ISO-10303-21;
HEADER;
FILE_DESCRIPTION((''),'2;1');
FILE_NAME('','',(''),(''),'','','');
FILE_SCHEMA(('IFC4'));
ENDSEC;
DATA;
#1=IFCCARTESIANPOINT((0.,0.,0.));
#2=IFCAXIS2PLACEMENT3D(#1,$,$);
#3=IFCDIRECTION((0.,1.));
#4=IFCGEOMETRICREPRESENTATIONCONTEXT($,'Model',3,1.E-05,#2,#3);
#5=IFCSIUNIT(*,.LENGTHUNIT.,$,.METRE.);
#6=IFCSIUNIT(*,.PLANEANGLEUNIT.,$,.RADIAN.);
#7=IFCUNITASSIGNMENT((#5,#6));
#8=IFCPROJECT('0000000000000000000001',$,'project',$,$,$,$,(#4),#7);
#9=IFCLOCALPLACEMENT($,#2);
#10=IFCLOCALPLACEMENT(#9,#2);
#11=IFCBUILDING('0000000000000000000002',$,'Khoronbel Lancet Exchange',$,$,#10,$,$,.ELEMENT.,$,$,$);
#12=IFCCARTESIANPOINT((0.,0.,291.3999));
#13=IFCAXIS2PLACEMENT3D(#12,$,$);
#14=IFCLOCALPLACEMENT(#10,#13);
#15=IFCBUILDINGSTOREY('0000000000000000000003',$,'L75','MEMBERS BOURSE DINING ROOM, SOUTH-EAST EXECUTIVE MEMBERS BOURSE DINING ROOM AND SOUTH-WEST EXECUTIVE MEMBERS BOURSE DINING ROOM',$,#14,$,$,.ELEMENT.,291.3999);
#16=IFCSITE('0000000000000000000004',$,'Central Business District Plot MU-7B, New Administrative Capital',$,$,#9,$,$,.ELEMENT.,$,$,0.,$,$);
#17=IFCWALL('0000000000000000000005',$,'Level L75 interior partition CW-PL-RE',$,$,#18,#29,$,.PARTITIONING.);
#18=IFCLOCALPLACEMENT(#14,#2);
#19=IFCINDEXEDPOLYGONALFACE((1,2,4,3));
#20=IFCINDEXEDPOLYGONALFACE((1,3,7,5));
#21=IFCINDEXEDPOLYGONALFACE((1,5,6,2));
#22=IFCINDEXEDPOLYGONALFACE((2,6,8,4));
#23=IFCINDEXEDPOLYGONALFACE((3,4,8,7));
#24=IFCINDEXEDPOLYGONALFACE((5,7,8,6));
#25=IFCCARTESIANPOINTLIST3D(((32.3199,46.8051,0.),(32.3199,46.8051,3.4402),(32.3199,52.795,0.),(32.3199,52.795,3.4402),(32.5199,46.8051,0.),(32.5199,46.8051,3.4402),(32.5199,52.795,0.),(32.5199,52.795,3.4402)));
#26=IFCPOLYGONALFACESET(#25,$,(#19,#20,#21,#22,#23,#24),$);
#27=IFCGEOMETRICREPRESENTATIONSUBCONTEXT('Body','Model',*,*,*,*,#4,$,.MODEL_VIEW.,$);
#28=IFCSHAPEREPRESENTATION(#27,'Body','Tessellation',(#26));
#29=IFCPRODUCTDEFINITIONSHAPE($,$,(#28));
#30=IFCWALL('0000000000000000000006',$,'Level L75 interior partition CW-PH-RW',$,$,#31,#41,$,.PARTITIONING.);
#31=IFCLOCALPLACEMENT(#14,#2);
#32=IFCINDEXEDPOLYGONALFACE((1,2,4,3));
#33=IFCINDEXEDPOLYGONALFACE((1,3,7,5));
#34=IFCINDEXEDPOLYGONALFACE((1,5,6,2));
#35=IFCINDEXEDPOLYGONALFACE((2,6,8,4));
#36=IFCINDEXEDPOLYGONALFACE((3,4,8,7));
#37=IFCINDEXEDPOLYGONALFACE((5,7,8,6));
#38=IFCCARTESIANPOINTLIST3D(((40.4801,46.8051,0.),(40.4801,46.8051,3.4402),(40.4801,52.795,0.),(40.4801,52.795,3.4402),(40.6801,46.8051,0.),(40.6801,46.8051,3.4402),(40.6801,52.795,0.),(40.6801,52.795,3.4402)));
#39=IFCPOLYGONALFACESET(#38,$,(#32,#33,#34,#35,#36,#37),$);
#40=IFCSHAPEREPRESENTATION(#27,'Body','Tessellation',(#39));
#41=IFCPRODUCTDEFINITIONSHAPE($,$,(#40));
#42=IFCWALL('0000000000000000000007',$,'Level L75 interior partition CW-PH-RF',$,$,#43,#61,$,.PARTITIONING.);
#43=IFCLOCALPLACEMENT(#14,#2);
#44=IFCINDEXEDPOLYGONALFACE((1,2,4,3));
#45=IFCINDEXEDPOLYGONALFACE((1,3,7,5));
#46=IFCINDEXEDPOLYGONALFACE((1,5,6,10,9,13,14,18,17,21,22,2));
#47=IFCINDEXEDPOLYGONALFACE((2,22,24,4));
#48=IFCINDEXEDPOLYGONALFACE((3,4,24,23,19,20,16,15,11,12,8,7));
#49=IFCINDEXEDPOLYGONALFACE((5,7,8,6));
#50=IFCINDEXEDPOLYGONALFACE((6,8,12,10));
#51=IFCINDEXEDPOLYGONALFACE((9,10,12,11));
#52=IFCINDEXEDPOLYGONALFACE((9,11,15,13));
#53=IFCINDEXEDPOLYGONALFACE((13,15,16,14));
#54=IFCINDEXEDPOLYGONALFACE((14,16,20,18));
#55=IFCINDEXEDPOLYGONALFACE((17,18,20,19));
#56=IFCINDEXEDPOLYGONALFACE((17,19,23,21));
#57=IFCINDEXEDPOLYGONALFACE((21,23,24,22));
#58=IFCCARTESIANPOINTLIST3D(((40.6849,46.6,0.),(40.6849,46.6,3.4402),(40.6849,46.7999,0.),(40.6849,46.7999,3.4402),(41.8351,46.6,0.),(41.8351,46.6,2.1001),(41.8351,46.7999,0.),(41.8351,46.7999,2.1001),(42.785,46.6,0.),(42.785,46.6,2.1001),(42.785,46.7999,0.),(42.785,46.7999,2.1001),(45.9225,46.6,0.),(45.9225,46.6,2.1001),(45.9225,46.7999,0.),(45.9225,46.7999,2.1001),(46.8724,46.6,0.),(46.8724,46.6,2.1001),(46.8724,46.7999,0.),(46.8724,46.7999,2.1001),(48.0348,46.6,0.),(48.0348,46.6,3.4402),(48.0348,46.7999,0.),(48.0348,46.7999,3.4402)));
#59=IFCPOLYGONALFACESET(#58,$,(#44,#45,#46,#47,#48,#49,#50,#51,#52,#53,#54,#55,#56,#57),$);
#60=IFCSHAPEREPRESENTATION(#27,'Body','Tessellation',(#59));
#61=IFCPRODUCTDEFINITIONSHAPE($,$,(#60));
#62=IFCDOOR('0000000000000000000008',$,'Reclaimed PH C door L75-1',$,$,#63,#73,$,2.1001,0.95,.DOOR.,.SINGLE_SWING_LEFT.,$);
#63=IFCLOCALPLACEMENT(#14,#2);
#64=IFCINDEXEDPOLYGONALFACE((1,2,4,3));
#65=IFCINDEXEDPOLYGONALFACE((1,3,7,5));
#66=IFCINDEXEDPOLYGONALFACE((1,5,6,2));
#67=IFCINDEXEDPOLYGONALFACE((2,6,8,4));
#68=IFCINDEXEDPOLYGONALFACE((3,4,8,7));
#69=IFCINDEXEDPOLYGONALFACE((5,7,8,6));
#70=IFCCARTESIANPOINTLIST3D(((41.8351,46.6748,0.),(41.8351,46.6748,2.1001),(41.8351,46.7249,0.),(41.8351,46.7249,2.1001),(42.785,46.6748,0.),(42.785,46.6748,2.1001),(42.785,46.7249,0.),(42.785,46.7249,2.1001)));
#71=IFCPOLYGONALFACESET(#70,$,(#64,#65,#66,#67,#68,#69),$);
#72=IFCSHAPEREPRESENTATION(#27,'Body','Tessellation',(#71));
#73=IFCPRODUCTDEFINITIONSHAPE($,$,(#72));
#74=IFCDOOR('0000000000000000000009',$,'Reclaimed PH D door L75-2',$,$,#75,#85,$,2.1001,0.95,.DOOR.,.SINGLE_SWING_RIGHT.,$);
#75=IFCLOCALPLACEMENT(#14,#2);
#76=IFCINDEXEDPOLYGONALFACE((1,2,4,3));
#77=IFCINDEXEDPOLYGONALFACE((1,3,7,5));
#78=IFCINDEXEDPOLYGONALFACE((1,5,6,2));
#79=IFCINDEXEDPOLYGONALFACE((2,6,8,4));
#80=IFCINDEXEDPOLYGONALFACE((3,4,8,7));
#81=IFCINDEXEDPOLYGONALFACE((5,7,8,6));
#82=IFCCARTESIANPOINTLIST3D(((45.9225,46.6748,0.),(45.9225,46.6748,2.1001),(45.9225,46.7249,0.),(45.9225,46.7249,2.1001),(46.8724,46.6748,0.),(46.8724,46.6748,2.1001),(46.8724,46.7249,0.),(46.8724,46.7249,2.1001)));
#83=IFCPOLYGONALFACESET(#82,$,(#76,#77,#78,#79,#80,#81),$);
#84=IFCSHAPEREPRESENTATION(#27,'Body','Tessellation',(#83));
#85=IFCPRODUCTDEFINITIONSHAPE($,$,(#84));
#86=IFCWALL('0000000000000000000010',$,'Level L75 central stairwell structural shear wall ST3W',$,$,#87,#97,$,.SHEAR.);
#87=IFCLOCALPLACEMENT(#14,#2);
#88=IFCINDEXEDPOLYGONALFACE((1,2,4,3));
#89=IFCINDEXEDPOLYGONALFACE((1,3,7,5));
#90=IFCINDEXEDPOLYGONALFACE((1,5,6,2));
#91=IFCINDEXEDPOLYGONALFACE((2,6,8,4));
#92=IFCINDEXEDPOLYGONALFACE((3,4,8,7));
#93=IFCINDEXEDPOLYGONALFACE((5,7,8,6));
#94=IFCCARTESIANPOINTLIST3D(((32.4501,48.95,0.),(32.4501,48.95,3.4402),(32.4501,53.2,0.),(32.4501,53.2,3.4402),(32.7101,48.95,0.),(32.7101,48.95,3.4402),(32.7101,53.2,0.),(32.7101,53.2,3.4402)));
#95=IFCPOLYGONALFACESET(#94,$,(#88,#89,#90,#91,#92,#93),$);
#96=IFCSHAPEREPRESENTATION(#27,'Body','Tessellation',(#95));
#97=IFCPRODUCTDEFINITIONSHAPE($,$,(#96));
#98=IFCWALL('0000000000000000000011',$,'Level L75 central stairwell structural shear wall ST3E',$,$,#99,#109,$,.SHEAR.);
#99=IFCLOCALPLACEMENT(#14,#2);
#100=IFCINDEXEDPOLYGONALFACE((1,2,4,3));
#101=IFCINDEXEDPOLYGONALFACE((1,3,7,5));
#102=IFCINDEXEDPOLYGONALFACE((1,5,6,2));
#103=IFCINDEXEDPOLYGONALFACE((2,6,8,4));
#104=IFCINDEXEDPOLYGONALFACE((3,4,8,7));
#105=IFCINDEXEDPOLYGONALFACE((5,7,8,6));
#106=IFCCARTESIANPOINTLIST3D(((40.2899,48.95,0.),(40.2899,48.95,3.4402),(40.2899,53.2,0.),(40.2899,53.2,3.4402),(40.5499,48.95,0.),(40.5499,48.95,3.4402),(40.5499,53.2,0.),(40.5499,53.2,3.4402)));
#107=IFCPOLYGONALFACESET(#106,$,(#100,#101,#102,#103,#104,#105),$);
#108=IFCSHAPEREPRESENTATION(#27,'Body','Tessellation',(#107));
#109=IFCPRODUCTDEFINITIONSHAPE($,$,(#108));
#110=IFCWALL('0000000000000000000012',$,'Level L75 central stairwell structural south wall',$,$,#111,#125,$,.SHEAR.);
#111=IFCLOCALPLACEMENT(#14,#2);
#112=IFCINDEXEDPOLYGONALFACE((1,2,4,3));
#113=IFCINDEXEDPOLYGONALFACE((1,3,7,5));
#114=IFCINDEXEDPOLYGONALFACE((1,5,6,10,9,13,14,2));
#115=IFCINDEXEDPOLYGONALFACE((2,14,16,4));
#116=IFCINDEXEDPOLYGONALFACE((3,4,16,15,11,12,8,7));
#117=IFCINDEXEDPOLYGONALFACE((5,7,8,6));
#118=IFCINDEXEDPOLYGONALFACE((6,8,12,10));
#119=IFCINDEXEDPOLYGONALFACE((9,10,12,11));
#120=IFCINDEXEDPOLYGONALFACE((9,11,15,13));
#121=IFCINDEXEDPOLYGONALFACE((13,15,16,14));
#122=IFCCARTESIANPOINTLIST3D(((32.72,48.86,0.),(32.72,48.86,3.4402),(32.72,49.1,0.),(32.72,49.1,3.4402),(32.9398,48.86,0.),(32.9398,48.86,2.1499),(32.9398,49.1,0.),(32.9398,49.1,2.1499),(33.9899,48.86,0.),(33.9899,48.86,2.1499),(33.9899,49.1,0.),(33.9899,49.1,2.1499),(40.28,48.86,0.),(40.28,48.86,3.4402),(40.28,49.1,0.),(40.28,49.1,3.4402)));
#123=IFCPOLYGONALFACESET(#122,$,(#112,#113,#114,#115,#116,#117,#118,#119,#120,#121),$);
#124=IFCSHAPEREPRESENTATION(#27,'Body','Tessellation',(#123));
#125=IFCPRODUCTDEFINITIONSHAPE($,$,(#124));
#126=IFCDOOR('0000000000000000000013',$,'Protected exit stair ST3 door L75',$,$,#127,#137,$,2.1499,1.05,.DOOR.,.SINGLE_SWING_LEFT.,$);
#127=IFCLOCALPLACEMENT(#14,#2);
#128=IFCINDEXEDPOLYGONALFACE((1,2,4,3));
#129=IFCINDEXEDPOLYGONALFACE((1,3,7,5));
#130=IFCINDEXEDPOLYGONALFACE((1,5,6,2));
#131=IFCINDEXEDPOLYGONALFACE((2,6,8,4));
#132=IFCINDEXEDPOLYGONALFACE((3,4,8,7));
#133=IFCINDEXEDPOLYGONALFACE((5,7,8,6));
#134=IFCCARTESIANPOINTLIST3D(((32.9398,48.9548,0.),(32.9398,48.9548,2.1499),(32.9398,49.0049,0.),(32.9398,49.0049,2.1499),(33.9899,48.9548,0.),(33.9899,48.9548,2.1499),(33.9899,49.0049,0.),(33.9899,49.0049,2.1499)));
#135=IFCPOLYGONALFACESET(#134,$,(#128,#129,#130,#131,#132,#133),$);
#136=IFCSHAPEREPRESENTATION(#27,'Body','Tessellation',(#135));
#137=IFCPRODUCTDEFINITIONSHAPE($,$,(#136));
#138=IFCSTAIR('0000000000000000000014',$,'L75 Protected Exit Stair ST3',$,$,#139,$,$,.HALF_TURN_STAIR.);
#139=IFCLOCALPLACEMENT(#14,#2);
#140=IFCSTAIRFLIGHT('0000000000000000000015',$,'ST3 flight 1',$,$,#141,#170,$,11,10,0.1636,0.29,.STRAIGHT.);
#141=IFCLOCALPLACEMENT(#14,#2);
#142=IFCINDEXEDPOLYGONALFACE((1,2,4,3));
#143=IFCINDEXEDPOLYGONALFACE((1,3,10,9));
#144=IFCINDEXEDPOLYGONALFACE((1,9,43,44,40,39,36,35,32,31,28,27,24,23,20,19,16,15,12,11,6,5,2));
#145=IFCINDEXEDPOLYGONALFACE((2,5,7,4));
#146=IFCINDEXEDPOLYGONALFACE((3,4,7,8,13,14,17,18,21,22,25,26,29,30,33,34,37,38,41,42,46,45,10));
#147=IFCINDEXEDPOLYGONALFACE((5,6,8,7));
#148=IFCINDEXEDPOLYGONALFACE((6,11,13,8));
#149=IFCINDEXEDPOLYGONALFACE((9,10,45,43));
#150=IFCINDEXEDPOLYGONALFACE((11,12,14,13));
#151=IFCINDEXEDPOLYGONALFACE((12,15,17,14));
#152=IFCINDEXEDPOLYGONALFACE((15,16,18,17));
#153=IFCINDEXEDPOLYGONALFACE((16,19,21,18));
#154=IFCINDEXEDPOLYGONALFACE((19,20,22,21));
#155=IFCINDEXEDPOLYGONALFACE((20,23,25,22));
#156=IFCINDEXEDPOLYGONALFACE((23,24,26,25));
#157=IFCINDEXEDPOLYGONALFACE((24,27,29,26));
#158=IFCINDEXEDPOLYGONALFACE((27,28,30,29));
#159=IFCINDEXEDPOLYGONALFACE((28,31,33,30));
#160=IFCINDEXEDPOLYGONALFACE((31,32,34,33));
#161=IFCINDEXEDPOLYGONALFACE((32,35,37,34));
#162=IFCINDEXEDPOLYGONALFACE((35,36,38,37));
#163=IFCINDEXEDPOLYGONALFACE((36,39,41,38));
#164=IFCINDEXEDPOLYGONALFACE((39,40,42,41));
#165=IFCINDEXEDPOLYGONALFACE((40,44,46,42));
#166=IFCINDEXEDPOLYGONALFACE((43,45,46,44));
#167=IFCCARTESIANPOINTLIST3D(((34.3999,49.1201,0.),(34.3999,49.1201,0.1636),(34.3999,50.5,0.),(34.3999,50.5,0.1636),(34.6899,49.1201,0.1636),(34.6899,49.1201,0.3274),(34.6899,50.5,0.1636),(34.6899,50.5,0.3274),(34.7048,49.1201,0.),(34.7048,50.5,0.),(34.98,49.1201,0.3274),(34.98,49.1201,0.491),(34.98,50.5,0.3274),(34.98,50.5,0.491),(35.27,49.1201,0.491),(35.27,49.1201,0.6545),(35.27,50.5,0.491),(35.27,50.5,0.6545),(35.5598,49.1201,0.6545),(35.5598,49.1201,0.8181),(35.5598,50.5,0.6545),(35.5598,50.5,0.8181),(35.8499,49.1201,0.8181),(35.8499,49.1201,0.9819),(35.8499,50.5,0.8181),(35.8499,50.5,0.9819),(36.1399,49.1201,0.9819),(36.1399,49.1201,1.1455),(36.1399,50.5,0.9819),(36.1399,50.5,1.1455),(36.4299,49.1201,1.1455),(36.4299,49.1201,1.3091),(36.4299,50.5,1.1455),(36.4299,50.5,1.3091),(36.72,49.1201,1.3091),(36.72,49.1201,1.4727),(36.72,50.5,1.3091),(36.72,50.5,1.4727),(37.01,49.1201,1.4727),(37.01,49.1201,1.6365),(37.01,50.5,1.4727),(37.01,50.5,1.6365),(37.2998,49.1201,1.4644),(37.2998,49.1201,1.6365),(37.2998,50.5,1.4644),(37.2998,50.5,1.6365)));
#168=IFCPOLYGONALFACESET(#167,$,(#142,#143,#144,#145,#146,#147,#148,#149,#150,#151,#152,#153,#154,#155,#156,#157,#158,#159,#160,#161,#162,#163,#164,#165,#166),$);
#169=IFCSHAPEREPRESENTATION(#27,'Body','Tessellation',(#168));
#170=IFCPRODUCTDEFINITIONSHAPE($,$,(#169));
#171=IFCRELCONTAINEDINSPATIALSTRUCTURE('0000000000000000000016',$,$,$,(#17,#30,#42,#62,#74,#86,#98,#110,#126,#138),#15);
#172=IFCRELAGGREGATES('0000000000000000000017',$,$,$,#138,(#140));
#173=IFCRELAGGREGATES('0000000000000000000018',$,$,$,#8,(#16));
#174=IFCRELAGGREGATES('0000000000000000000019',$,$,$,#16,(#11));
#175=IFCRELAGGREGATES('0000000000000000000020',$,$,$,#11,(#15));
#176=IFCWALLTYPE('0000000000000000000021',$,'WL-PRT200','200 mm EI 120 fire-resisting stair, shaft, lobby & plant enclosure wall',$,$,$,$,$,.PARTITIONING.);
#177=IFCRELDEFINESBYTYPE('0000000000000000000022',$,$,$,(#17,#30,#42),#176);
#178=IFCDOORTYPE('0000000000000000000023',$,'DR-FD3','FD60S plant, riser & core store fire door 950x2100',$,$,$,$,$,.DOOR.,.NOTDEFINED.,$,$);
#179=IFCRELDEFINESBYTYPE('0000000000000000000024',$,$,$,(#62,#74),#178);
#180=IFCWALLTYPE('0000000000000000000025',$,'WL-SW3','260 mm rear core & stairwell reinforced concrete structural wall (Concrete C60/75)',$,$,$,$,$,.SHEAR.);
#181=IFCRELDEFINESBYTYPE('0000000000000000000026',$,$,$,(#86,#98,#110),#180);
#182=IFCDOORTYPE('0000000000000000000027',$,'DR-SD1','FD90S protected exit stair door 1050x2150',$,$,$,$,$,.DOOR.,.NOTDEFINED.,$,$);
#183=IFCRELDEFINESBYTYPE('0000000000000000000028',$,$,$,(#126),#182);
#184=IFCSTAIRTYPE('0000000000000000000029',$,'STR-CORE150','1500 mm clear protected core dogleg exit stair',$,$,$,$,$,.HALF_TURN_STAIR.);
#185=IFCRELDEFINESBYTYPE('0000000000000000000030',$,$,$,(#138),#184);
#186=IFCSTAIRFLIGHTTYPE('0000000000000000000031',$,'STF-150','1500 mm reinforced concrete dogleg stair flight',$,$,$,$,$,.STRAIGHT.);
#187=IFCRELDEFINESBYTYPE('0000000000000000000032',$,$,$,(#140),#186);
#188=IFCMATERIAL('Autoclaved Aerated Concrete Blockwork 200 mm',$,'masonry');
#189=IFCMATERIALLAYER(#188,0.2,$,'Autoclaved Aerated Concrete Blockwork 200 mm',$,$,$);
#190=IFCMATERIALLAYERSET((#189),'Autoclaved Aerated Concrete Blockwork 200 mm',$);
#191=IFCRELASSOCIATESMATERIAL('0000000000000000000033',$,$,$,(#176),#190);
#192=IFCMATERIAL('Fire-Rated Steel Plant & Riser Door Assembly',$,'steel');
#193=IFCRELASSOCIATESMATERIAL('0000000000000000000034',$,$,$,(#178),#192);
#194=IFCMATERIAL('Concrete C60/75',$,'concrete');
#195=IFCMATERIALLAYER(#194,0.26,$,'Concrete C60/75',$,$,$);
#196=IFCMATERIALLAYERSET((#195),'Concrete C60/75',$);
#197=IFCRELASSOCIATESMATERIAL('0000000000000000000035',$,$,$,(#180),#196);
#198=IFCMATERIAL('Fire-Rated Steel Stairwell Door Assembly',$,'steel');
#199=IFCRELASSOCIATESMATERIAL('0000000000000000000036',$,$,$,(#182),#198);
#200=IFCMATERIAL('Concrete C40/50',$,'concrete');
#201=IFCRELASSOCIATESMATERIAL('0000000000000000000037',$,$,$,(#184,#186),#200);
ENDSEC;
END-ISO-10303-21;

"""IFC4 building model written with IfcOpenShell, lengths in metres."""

from ifc_helpers import new_model, si_unit, direction, frame, frame_2d, origin, place, context, subcontext, project, spatial, polyline, rectangle, outline, extrude, material, layer, layer_set, type_object, element, fill, aggregate, save


model = new_model("IFC4")

# Units and contexts
model_context = context("Model", 3, precision=1e-05, world=origin(), true_north=direction((0.0, 1.0)))
body_context = subcontext(model_context, "Body", "Model", "MODEL_VIEW")
ifc_project = project(units=[si_unit("LENGTHUNIT", "METRE"), si_unit("PLANEANGLEUNIT", "RADIAN")], contexts=[model_context])

# Site, building, storey
site_placement = place(None, origin())
site = spatial("IfcSite", under=ifc_project, at=site_placement, Name="Central Business District Plot MU-7B, New Administrative Capital", CompositionType="ELEMENT", RefElevation=0.0)
building_placement = place(site_placement, origin())
building = spatial("IfcBuilding", under=site, at=building_placement, Name="Khoronbel Lancet Exchange", CompositionType="ELEMENT")
storey_placement = place(building_placement, frame((0.0, 0.0, 291.3999)))
storey = spatial("IfcBuildingStorey", under=building, at=storey_placement, Name="L75", Description="MEMBERS BOURSE DINING ROOM, SOUTH-EAST EXECUTIVE MEMBERS BOURSE DINING ROOM AND SOUTH-WEST EXECUTIVE MEMBERS BOURSE DINING ROOM", CompositionType="ELEMENT", Elevation=291.3999)

# Shared definitions
ifc_material_1 = material(Name="Concrete C60/75", Category="concrete")

# Walls
ifc_material_2 = material(Name="Autoclaved Aerated Concrete Blockwork 200 mm", Category="masonry")
ifc_layer_1 = layer(ifc_material_2, 0.2, Name="Autoclaved Aerated Concrete Blockwork 200 mm")
ifc_layer_set_1 = layer_set([ifc_layer_1], Name="Autoclaved Aerated Concrete Blockwork 200 mm")
wall_type_1 = type_object("IfcWallType", Name="WL-PRT200", Description="200 mm EI 120 fire-resisting stair, shaft, lobby & plant enclosure wall", PredefinedType="PARTITIONING", material=ifc_layer_set_1)
for number, where, z_axis, x_axis, name in (
    (1, (32.4199, 46.8049, 0.0), (0.0, 0.0, 1.0), (0.0, 1.0, 0.0), "Level L75 interior partition CW-PL-RE"),
    (2, (40.5801, 46.8049, 0.0), (0.0, 0.0, 1.0), (0.0, 1.0, 0.0), "Level L75 interior partition CW-PH-RW"),
):
    element("IfcWall", number, at=place(storey_placement, frame(where, z_axis=z_axis, x_axis=x_axis)), inside=storey, type_object=wall_type_1, Name=name, PredefinedType="PARTITIONING", context=body_context, shape_type="SweptSolid", body=[
        extrude(rectangle(XDim=5.99, YDim=0.2, at=frame_2d((2.9951, 0.0))), origin(), (0.0, 0.0, 1.0), 3.4402),
    ])

# Wall, openings, doors
wall_1_placement = place(storey_placement, frame((40.6851, 46.7, 0.0), z_axis=(0.0, 0.0, 1.0), x_axis=(1.0, 0.0, 0.0)))
wall_1 = element("IfcWall", 3, at=wall_1_placement, inside=storey, type_object=wall_type_1, Name="Level L75 interior partition CW-PH-RF", PredefinedType="PARTITIONING", context=body_context, shape_type="SweptSolid", body=[
    extrude(rectangle(XDim=7.3499, YDim=0.2, at=frame_2d((3.6748, 0.0))), origin(), (0.0, 0.0, 1.0), 3.4402),
])
opening_1_placement = place(wall_1_placement, frame((1.1499, 0.0, 0.0)))
opening_1 = element("IfcOpeningElement", 4, at=opening_1_placement, cuts=wall_1, PredefinedType="OPENING", context=body_context, shape_type="SweptSolid", body=[
    extrude(rectangle(XDim=0.95, YDim=2.1001, at=frame_2d((0.4751, 1.05))), frame((0.0, 0.1099, 0.0), z_axis=(0.0, -1.0, 0.0), x_axis=(1.0, 0.0, 0.0)), (0.0, 0.0, 1.0), 0.22),
])
opening_2_placement = place(wall_1_placement, frame((5.2373, 0.0, 0.0)))
opening_2 = element("IfcOpeningElement", 5, at=opening_2_placement, cuts=wall_1, PredefinedType="OPENING", context=body_context, shape_type="SweptSolid", body=[
    extrude(rectangle(XDim=0.95, YDim=2.1001, at=frame_2d((0.4751, 1.05))), frame((0.0, 0.1099, 0.0), z_axis=(0.0, -1.0, 0.0), x_axis=(1.0, 0.0, 0.0)), (0.0, 0.0, 1.0), 0.22),
])
ifc_material_3 = material(Name="Fire-Rated Steel Plant & Riser Door Assembly", Category="steel")
door_type_1 = type_object("IfcDoorType", Name="DR-FD3", Description="FD60S plant, riser & core store fire door 950x2100", OperationType="NOTDEFINED", PredefinedType="DOOR", material=ifc_material_3)
door_1_placement = place(opening_1_placement, origin())
door_1 = element("IfcDoor", 6, at=door_1_placement, inside=storey, type_object=door_type_1, Name="Reclaimed PH C door L75-1", OperationType="SINGLE_SWING_LEFT", OverallHeight=2.1001, OverallWidth=0.95, PredefinedType="DOOR", context=body_context, shape_type="SweptSolid", body=[
    extrude(rectangle(XDim=0.95, YDim=2.1001, at=frame_2d((0.4751, 1.05))), frame((0.0, 0.0249, 0.0), z_axis=(0.0, -1.0, 0.0), x_axis=(1.0, 0.0, 0.0)), (0.0, 0.0, 1.0), 0.05),
])
fill(opening_1, door_1)
door_2_placement = place(opening_2_placement, origin())
door_2 = element("IfcDoor", 7, at=door_2_placement, inside=storey, type_object=door_type_1, Name="Reclaimed PH D door L75-2", OperationType="SINGLE_SWING_RIGHT", OverallHeight=2.1001, OverallWidth=0.95, PredefinedType="DOOR", context=body_context, shape_type="SweptSolid", body=[
    extrude(rectangle(XDim=0.95, YDim=2.1001, at=frame_2d((0.4751, 1.05))), frame((0.0, 0.0249, 0.0), z_axis=(0.0, -1.0, 0.0), x_axis=(1.0, 0.0, 0.0)), (0.0, 0.0, 1.0), 0.05),
])
fill(opening_2, door_2)

# Walls
ifc_layer_2 = layer(ifc_material_1, 0.26, Name="Concrete C60/75")
ifc_layer_set_2 = layer_set([ifc_layer_2], Name="Concrete C60/75")
wall_type_2 = type_object("IfcWallType", Name="WL-SW3", Description="260 mm rear core & stairwell reinforced concrete structural wall (Concrete C60/75)", PredefinedType="SHEAR", material=ifc_layer_set_2)
for number, where, z_axis, x_axis, name in (
    (8, (32.5801, 48.95, 0.0), (0.0, 0.0, 1.0), (0.0, 1.0, 0.0), "Level L75 central stairwell structural shear wall ST3W"),
    (9, (40.4199, 48.95, 0.0), (0.0, 0.0, 1.0), (0.0, 1.0, 0.0), "Level L75 central stairwell structural shear wall ST3E"),
):
    element("IfcWall", number, at=place(storey_placement, frame(where, z_axis=z_axis, x_axis=x_axis)), inside=storey, type_object=wall_type_2, Name=name, PredefinedType="SHEAR", context=body_context, shape_type="SweptSolid", body=[
        extrude(rectangle(XDim=4.25, YDim=0.26, at=frame_2d((2.125, 0.0))), origin(), (0.0, 0.0, 1.0), 3.4402),
    ])

# Wall, opening, door
wall_2_placement = place(storey_placement, frame((32.72, 48.98, 0.0), z_axis=(0.0, 0.0, 1.0), x_axis=(1.0, 0.0, 0.0)))
wall_2 = element("IfcWall", 10, at=wall_2_placement, inside=storey, type_object=wall_type_2, Name="Level L75 central stairwell structural south wall", PredefinedType="SHEAR", context=body_context, shape_type="SweptSolid", body=[
    extrude(rectangle(XDim=7.5601, YDim=0.24, at=frame_2d((3.78, 0.0))), origin(), (0.0, 0.0, 1.0), 3.4402),
])
opening_3_placement = place(wall_2_placement, frame((0.22, 0.0, 0.0)))
opening_3 = element("IfcOpeningElement", 11, at=opening_3_placement, cuts=wall_2, PredefinedType="OPENING", context=body_context, shape_type="SweptSolid", body=[
    extrude(rectangle(XDim=1.05, YDim=2.1499, at=frame_2d((0.5249, 1.075))), frame((0.0, 0.1299, 0.0), z_axis=(0.0, -1.0, 0.0), x_axis=(1.0, 0.0, 0.0)), (0.0, 0.0, 1.0), 0.26),
])
ifc_material_4 = material(Name="Fire-Rated Steel Stairwell Door Assembly", Category="steel")
door_type_2 = type_object("IfcDoorType", Name="DR-SD1", Description="FD90S protected exit stair door 1050x2150", OperationType="NOTDEFINED", PredefinedType="DOOR", material=ifc_material_4)
door_3_placement = place(opening_3_placement, origin())
door_3 = element("IfcDoor", 12, at=door_3_placement, inside=storey, type_object=door_type_2, Name="Protected exit stair ST3 door L75", OperationType="SINGLE_SWING_LEFT", OverallHeight=2.1499, OverallWidth=1.05, PredefinedType="DOOR", context=body_context, shape_type="SweptSolid", body=[
    extrude(rectangle(XDim=1.05, YDim=2.1499, at=frame_2d((0.5249, 1.075))), frame((0.0, 0.0249, 0.0), z_axis=(0.0, -1.0, 0.0), x_axis=(1.0, 0.0, 0.0)), (0.0, 0.0, 1.0), 0.05),
])
fill(opening_3, door_3)

# Stair, stair flight
ifc_material_5 = material(Name="Concrete C40/50", Category="concrete")
stair_type = type_object("IfcStairType", Name="STR-CORE150", Description="1500 mm clear protected core dogleg exit stair", PredefinedType="HALF_TURN_STAIR", material=ifc_material_5)
stair_placement = place(storey_placement, origin())
stair = element("IfcStair", 13, at=stair_placement, inside=storey, type_object=stair_type, Name="L75 Protected Exit Stair ST3", PredefinedType="HALF_TURN_STAIR")
stair_flight_type = type_object("IfcStairFlightType", Name="STF-150", Description="1500 mm reinforced concrete dogleg stair flight", PredefinedType="STRAIGHT", material=ifc_material_5)
stair_flight_1_placement = place(storey_placement, frame((34.3999, 49.8101, 0.0), z_axis=(0.0, 0.0, 1.0), x_axis=(1.0, 0.0, 0.0)))
stair_flight_1 = element("IfcStairFlight", 14, at=stair_flight_1_placement, type_object=stair_flight_type, Name="ST3 flight 1", NumberOfRisers=11, NumberOfTreads=10, PredefinedType="STRAIGHT", RiserHeight=0.1636, TreadLength=0.29, context=body_context, shape_type="SweptSolid", body=[
    extrude(outline(polyline([(0.0, 0.0), (0.0, 0.1636), (0.29, 0.1636), (0.29, 0.3274), (0.5801, 0.3274), (0.5801, 0.491), (0.8701, 0.491), (0.8701, 0.6545), (1.1599, 0.6545), (1.1599, 0.8181), (1.45, 0.8181), (1.45, 0.9819), (1.74, 0.9819), (1.74, 1.1455), (2.03, 1.1455), (2.03, 1.3091), (2.3201, 1.3091), (2.3201, 1.4727), (2.6101, 1.4727), (2.6101, 1.6365), (2.8999, 1.6365), (2.8999, 1.8), (2.8999, 1.4644), (0.3049, 0.0), (0.0, 0.0)])), frame((0.0, 0.6899, 0.0), z_axis=(0.0, -1.0, 0.0), x_axis=(1.0, 0.0, 0.0)), (0.0, 0.0, 1.0), 1.3799),
])
aggregate(stair, [stair_flight_1])

save(model, "model.ifc")
